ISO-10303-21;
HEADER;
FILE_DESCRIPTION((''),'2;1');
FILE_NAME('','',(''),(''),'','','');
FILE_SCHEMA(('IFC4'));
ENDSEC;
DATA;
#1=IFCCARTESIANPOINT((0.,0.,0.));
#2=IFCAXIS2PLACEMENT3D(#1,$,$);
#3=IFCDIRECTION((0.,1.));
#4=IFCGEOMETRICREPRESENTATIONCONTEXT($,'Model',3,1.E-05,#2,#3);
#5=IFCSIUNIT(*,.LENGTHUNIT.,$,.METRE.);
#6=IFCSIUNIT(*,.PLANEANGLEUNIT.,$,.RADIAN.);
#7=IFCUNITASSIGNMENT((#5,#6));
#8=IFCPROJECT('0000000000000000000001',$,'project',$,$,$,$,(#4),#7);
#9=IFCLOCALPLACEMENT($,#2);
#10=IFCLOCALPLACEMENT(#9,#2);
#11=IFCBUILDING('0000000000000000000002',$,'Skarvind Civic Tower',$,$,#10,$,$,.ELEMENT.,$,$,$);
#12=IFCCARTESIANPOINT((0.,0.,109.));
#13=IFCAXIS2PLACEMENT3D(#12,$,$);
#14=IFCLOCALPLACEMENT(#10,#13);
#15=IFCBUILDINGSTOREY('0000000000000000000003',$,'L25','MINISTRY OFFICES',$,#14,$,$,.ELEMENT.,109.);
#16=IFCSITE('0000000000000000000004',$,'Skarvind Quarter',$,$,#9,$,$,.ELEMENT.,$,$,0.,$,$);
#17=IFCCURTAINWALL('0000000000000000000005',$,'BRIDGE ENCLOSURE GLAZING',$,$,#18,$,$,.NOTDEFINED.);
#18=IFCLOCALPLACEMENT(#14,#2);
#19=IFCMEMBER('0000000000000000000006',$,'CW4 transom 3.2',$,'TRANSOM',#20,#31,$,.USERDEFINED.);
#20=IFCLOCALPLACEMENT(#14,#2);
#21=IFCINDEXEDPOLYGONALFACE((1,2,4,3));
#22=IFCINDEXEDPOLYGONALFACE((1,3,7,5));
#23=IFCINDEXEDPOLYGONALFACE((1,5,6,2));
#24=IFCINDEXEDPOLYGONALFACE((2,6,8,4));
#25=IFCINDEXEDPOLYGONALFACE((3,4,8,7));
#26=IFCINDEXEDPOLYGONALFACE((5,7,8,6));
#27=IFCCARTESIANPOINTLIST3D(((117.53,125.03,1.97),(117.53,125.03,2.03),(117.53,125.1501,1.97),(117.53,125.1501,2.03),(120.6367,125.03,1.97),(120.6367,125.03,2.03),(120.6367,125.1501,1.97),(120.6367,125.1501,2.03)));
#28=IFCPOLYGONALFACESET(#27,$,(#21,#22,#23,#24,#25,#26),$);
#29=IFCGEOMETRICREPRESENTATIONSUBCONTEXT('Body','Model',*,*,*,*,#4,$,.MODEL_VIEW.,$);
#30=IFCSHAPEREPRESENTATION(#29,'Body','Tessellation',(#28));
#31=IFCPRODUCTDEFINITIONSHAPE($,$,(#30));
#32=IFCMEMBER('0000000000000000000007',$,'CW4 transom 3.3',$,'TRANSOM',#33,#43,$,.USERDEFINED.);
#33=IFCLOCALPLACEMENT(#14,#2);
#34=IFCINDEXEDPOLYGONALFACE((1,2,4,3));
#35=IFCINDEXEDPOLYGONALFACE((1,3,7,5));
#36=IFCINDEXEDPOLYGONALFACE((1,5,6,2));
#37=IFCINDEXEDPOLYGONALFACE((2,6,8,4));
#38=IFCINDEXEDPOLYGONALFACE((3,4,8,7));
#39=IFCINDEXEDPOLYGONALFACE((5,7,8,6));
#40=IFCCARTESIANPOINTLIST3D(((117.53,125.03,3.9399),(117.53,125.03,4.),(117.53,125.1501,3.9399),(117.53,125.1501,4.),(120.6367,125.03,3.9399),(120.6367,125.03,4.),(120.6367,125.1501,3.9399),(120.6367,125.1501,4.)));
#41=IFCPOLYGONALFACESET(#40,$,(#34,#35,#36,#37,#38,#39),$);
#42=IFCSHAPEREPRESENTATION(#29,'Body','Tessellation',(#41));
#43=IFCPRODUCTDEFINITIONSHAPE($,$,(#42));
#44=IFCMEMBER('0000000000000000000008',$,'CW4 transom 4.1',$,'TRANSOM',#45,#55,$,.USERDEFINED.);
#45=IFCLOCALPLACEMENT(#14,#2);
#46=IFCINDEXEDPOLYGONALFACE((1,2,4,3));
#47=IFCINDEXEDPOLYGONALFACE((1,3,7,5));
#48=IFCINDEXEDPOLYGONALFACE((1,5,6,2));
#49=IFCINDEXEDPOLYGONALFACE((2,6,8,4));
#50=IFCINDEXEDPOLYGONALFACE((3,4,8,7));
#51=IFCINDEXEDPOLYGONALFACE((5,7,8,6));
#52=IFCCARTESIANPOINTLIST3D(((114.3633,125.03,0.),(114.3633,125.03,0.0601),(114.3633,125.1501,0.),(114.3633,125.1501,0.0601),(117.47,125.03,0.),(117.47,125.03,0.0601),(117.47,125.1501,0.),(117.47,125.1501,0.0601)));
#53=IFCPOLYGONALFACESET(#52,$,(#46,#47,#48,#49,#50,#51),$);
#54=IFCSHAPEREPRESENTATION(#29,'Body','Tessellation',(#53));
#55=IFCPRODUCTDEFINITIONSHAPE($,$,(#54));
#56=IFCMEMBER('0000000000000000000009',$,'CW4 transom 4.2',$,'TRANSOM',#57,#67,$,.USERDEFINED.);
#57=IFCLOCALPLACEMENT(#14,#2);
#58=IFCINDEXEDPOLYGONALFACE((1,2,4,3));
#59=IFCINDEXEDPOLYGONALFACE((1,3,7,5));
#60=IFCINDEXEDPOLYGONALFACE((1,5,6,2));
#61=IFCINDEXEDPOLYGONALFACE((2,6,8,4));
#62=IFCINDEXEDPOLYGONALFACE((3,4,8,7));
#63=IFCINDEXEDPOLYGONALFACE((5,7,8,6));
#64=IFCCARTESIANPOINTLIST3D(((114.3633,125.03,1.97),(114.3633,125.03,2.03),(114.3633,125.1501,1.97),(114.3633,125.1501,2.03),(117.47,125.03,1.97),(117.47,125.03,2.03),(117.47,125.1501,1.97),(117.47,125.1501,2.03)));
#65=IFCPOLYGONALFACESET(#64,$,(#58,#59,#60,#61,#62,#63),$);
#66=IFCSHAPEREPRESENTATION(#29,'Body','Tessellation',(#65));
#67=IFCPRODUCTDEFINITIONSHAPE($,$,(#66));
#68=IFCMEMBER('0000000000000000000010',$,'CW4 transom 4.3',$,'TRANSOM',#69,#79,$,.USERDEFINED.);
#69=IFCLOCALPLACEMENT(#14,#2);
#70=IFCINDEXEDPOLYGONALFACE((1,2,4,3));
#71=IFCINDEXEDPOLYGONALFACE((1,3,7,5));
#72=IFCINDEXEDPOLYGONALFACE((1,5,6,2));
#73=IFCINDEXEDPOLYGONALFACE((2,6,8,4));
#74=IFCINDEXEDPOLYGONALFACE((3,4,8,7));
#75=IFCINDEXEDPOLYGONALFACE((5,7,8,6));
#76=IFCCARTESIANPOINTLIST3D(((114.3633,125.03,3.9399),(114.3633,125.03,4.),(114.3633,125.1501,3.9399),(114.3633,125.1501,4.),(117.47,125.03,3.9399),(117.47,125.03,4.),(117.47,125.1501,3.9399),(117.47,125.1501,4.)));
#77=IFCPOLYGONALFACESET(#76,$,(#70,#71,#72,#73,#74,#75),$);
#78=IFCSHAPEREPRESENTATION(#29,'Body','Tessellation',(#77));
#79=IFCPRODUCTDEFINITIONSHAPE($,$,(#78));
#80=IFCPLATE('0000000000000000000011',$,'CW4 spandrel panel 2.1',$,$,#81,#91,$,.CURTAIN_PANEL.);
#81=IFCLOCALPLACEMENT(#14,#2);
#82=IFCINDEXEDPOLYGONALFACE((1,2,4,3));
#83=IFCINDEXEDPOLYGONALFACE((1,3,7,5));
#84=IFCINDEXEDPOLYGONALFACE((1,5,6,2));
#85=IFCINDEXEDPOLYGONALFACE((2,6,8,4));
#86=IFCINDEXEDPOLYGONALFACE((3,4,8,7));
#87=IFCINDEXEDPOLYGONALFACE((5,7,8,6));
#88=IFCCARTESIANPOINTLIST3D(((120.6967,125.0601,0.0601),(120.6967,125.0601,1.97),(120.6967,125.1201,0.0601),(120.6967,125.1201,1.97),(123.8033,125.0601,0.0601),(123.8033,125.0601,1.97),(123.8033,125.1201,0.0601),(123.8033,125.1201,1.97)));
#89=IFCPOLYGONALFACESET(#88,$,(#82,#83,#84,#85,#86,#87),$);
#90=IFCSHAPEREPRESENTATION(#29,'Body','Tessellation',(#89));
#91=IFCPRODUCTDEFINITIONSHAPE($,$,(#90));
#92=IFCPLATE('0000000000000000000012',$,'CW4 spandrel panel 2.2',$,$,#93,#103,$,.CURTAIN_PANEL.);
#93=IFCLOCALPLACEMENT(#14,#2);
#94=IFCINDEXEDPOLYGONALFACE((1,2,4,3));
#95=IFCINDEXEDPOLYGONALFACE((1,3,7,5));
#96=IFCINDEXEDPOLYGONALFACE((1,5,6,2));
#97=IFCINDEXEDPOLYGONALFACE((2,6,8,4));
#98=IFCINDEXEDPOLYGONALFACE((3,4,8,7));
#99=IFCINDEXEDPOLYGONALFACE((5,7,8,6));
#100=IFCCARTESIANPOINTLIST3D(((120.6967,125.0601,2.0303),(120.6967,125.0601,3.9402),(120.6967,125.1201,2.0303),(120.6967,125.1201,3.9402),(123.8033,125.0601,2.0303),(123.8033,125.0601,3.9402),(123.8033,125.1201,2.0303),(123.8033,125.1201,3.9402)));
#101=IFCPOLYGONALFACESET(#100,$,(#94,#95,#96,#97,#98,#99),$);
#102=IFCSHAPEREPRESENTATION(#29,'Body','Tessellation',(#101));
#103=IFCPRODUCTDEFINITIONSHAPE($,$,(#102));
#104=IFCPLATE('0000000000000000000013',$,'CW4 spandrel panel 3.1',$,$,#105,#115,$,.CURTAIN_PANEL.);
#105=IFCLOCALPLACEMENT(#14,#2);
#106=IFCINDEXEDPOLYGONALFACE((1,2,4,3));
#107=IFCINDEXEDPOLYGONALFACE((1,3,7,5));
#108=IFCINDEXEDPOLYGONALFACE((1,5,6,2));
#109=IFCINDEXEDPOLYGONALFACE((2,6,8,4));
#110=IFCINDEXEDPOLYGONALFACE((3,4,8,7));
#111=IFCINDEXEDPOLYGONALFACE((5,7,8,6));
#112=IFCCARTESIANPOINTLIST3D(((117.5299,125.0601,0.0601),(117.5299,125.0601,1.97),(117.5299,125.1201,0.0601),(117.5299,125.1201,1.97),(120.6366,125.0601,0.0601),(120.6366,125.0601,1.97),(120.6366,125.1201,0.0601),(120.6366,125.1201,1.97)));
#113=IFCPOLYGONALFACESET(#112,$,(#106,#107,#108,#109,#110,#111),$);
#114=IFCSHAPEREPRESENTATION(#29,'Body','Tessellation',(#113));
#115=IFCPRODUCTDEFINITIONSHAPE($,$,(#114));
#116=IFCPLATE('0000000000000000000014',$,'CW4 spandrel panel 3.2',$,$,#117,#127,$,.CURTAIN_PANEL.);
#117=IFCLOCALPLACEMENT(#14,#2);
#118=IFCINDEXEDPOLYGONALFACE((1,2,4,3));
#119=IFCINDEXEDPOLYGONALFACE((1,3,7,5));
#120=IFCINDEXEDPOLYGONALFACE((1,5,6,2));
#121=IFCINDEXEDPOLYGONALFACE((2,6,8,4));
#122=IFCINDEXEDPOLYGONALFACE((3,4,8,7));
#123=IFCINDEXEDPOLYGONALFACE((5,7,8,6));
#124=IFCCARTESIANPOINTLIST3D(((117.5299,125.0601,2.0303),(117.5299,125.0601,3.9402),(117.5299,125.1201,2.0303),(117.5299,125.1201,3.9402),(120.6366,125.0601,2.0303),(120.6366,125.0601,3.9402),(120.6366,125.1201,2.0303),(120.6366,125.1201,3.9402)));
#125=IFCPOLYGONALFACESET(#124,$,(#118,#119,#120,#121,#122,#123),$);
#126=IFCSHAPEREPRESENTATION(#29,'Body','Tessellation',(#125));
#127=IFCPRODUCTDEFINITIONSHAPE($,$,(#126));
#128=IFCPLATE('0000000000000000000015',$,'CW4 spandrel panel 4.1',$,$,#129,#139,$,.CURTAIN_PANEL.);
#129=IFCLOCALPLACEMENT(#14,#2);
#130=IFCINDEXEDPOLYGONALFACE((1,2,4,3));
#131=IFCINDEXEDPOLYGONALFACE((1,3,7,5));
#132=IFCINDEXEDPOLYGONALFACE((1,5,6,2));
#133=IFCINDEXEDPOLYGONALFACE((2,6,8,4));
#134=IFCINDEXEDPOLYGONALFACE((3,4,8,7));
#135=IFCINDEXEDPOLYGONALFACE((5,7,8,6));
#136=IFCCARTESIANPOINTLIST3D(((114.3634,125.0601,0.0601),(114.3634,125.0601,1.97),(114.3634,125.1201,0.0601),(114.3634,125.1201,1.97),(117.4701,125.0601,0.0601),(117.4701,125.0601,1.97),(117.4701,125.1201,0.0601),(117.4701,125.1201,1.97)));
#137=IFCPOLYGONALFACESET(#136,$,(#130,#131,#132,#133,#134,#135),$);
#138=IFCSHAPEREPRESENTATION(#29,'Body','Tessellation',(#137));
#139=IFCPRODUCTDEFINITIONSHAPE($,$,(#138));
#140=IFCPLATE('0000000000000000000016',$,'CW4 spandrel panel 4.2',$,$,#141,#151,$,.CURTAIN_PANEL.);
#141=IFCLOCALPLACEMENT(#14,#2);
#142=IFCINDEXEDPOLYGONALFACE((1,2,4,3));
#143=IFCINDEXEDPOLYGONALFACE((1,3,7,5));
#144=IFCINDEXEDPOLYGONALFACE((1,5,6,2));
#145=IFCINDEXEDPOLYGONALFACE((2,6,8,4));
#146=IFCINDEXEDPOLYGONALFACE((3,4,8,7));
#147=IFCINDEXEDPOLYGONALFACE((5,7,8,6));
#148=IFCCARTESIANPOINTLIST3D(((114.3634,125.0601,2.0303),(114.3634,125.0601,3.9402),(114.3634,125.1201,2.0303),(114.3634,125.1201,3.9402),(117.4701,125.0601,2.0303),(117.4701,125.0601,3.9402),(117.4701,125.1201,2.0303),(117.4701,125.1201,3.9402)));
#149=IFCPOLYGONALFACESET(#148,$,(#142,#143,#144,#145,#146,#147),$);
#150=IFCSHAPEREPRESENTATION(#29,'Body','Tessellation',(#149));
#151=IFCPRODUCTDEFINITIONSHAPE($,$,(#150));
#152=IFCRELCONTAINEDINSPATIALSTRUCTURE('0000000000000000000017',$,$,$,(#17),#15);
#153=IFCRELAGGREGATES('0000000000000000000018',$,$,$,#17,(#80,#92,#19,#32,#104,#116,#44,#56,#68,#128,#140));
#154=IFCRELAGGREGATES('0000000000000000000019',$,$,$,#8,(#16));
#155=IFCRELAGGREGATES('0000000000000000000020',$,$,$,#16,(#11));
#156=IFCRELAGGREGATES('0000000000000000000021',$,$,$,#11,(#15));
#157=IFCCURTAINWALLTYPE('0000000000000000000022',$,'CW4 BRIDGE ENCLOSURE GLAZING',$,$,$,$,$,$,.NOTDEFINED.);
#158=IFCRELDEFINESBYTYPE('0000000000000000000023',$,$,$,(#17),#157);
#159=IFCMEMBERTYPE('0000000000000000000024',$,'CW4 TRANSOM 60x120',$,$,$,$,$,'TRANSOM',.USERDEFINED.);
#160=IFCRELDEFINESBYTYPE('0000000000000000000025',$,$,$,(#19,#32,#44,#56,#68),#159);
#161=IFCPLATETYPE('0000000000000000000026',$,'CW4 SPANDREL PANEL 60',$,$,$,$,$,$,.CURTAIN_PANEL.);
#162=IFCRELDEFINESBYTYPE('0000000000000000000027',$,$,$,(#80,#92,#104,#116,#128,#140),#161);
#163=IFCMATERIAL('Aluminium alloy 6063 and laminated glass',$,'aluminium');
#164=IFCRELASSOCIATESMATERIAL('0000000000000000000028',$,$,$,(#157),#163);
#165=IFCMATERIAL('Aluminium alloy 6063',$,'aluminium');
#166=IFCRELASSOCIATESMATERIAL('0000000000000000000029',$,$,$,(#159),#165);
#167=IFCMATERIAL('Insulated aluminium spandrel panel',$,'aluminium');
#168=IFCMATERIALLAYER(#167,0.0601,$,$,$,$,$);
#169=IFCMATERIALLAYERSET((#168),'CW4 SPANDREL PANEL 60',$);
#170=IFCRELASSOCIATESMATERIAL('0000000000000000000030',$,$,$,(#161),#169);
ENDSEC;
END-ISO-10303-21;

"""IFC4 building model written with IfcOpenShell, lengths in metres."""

from ifc_helpers import new_model, si_unit, direction, frame, origin, origin_2d, place, context, subcontext, project, spatial, rectangle, extrude, material, layer, layer_set, material_profile, profile_set, type_object, element, aggregate, save


model = new_model("IFC4")

# Units and contexts
model_context = context("Model", 3, precision=1e-05, world=origin(), true_north=direction((0.0, 1.0)))
body_context = subcontext(model_context, "Body", "Model", "MODEL_VIEW")
ifc_project = project(units=[si_unit("LENGTHUNIT", "METRE"), si_unit("PLANEANGLEUNIT", "RADIAN")], contexts=[model_context])

# Site, building, storey
site_placement = place(None, origin())
site = spatial("IfcSite", under=ifc_project, at=site_placement, Name="Skarvind Quarter", CompositionType="ELEMENT", RefElevation=0.0)
building_placement = place(site_placement, origin())
building = spatial("IfcBuilding", under=site, at=building_placement, Name="Skarvind Civic Tower", CompositionType="ELEMENT")
storey_placement = place(building_placement, frame((0.0, 0.0, 109.0)))
storey = spatial("IfcBuildingStorey", under=building, at=storey_placement, Name="L25", Description="MINISTRY OFFICES", CompositionType="ELEMENT", Elevation=109.0)

# Curtain wall, members, plates
ifc_material_1 = material(Name="Aluminium alloy 6063 and laminated glass", Category="aluminium")
curtain_wall_type = type_object("IfcCurtainWallType", Name="CW4 BRIDGE ENCLOSURE GLAZING", PredefinedType="NOTDEFINED", material=ifc_material_1)
curtain_wall_placement = place(storey_placement, origin())
curtain_wall = element("IfcCurtainWall", 1, at=curtain_wall_placement, inside=storey, type_object=curtain_wall_type, Name="BRIDGE ENCLOSURE GLAZING", PredefinedType="NOTDEFINED")
ifc_material_2 = material(Name="Aluminium alloy 6063", Category="aluminium")
ifc_material_profile_1 = material_profile(ifc_material_2, rectangle(XDim=0.1201, YDim=0.0601, at=origin_2d()), Name="AL 60x120")
ifc_profile_set_1 = profile_set([ifc_material_profile_1], Name="Aluminium alloy 6063")
member_type_1 = type_object("IfcMemberType", Name="CW4 TRANSOM 60x120", ElementType="TRANSOM", PredefinedType="USERDEFINED", material=ifc_profile_set_1)
member_1_placement = place(storey_placement, frame((120.6367, 125.0901, 2.0), z_axis=(-1.0, 0.0, 0.0), x_axis=(0.0, -1.0, 0.0)))
member_1 = element("IfcMember", 2, at=member_1_placement, type_object=member_type_1, Name="CW4 transom 3.2", ObjectType="TRANSOM", PredefinedType="USERDEFINED", context=body_context, shape_type="SweptSolid", body=[
    extrude(rectangle(XDim=0.1201, YDim=0.0601, at=origin_2d()), origin(), (0.0, 0.0, 1.0), 3.1067),
])
member_2_placement = place(storey_placement, frame((120.6367, 125.0901, 3.97), z_axis=(-1.0, 0.0, 0.0), x_axis=(0.0, -1.0, 0.0)))
member_2 = element("IfcMember", 3, at=member_2_placement, type_object=member_type_1, Name="CW4 transom 3.3", ObjectType="TRANSOM", PredefinedType="USERDEFINED", context=body_context, shape_type="SweptSolid", body=[
    extrude(rectangle(XDim=0.1201, YDim=0.0601, at=origin_2d()), origin(), (0.0, 0.0, 1.0), 3.1067),
])
member_3_placement = place(storey_placement, frame((117.47, 125.0901, 0.03), z_axis=(-1.0, 0.0, 0.0), x_axis=(0.0, -1.0, 0.0)))
member_3 = element("IfcMember", 4, at=member_3_placement, type_object=member_type_1, Name="CW4 transom 4.1", ObjectType="TRANSOM", PredefinedType="USERDEFINED", context=body_context, shape_type="SweptSolid", body=[
    extrude(rectangle(XDim=0.1201, YDim=0.0601, at=origin_2d()), origin(), (0.0, 0.0, 1.0), 3.1067),
])
member_4_placement = place(storey_placement, frame((117.47, 125.0901, 2.0), z_axis=(-1.0, 0.0, 0.0), x_axis=(0.0, -1.0, 0.0)))
member_4 = element("IfcMember", 5, at=member_4_placement, type_object=member_type_1, Name="CW4 transom 4.2", ObjectType="TRANSOM", PredefinedType="USERDEFINED", context=body_context, shape_type="SweptSolid", body=[
    extrude(rectangle(XDim=0.1201, YDim=0.0601, at=origin_2d()), origin(), (0.0, 0.0, 1.0), 3.1067),
])
member_5_placement = place(storey_placement, frame((117.47, 125.0901, 3.97), z_axis=(-1.0, 0.0, 0.0), x_axis=(0.0, -1.0, 0.0)))
member_5 = element("IfcMember", 6, at=member_5_placement, type_object=member_type_1, Name="CW4 transom 4.3", ObjectType="TRANSOM", PredefinedType="USERDEFINED", context=body_context, shape_type="SweptSolid", body=[
    extrude(rectangle(XDim=0.1201, YDim=0.0601, at=origin_2d()), origin(), (0.0, 0.0, 1.0), 3.1067),
])
ifc_material_3 = material(Name="Insulated aluminium spandrel panel", Category="aluminium")
ifc_layer = layer(ifc_material_3, 0.0601)
ifc_layer_set = layer_set([ifc_layer], Name="CW4 SPANDREL PANEL 60")
plate_type = type_object("IfcPlateType", Name="CW4 SPANDREL PANEL 60", PredefinedType="CURTAIN_PANEL", material=ifc_layer_set)
plate_1_placement = place(storey_placement, frame((122.25, 125.0901, 0.0601), z_axis=(0.0, 0.0, 1.0), x_axis=(-1.0, 0.0, 0.0)))
plate_1 = element("IfcPlate", 7, at=plate_1_placement, type_object=plate_type, Name="CW4 spandrel panel 2.1", PredefinedType="CURTAIN_PANEL", context=body_context, shape_type="SweptSolid", body=[
    extrude(rectangle(XDim=3.1067, YDim=0.0601, at=origin_2d()), origin(), (0.0, 0.0, 1.0), 1.9099),
])
plate_2_placement = place(storey_placement, frame((122.25, 125.0901, 2.0303), z_axis=(0.0, 0.0, 1.0), x_axis=(-1.0, 0.0, 0.0)))
plate_2 = element("IfcPlate", 8, at=plate_2_placement, type_object=plate_type, Name="CW4 spandrel panel 2.2", PredefinedType="CURTAIN_PANEL", context=body_context, shape_type="SweptSolid", body=[
    extrude(rectangle(XDim=3.1067, YDim=0.0601, at=origin_2d()), origin(), (0.0, 0.0, 1.0), 1.9099),
])
plate_3_placement = place(storey_placement, frame((119.0833, 125.0901, 0.0601), z_axis=(0.0, 0.0, 1.0), x_axis=(-1.0, 0.0, 0.0)))
plate_3 = element("IfcPlate", 9, at=plate_3_placement, type_object=plate_type, Name="CW4 spandrel panel 3.1", PredefinedType="CURTAIN_PANEL", context=body_context, shape_type="SweptSolid", body=[
    extrude(rectangle(XDim=3.1067, YDim=0.0601, at=origin_2d()), origin(), (0.0, 0.0, 1.0), 1.9099),
])
plate_4_placement = place(storey_placement, frame((119.0833, 125.0901, 2.0303), z_axis=(0.0, 0.0, 1.0), x_axis=(-1.0, 0.0, 0.0)))
plate_4 = element("IfcPlate", 10, at=plate_4_placement, type_object=plate_type, Name="CW4 spandrel panel 3.2", PredefinedType="CURTAIN_PANEL", context=body_context, shape_type="SweptSolid", body=[
    extrude(rectangle(XDim=3.1067, YDim=0.0601, at=origin_2d()), origin(), (0.0, 0.0, 1.0), 1.9099),
])
plate_5_placement = place(storey_placement, frame((115.9167, 125.0901, 0.0601), z_axis=(0.0, 0.0, 1.0), x_axis=(-1.0, 0.0, 0.0)))
plate_5 = element("IfcPlate", 11, at=plate_5_placement, type_object=plate_type, Name="CW4 spandrel panel 4.1", PredefinedType="CURTAIN_PANEL", context=body_context, shape_type="SweptSolid", body=[
    extrude(rectangle(XDim=3.1067, YDim=0.0601, at=origin_2d()), origin(), (0.0, 0.0, 1.0), 1.9099),
])
plate_6_placement = place(storey_placement, frame((115.9167, 125.0901, 2.0303), z_axis=(0.0, 0.0, 1.0), x_axis=(-1.0, 0.0, 0.0)))
plate_6 = element("IfcPlate", 12, at=plate_6_placement, type_object=plate_type, Name="CW4 spandrel panel 4.2", PredefinedType="CURTAIN_PANEL", context=body_context, shape_type="SweptSolid", body=[
    extrude(rectangle(XDim=3.1067, YDim=0.0601, at=origin_2d()), origin(), (0.0, 0.0, 1.0), 1.9099),
])
aggregate(curtain_wall, [plate_1, plate_2, member_1, member_2, plate_3, plate_4, member_3, member_4, member_5, plate_5, plate_6])

save(model, "model.ifc")
